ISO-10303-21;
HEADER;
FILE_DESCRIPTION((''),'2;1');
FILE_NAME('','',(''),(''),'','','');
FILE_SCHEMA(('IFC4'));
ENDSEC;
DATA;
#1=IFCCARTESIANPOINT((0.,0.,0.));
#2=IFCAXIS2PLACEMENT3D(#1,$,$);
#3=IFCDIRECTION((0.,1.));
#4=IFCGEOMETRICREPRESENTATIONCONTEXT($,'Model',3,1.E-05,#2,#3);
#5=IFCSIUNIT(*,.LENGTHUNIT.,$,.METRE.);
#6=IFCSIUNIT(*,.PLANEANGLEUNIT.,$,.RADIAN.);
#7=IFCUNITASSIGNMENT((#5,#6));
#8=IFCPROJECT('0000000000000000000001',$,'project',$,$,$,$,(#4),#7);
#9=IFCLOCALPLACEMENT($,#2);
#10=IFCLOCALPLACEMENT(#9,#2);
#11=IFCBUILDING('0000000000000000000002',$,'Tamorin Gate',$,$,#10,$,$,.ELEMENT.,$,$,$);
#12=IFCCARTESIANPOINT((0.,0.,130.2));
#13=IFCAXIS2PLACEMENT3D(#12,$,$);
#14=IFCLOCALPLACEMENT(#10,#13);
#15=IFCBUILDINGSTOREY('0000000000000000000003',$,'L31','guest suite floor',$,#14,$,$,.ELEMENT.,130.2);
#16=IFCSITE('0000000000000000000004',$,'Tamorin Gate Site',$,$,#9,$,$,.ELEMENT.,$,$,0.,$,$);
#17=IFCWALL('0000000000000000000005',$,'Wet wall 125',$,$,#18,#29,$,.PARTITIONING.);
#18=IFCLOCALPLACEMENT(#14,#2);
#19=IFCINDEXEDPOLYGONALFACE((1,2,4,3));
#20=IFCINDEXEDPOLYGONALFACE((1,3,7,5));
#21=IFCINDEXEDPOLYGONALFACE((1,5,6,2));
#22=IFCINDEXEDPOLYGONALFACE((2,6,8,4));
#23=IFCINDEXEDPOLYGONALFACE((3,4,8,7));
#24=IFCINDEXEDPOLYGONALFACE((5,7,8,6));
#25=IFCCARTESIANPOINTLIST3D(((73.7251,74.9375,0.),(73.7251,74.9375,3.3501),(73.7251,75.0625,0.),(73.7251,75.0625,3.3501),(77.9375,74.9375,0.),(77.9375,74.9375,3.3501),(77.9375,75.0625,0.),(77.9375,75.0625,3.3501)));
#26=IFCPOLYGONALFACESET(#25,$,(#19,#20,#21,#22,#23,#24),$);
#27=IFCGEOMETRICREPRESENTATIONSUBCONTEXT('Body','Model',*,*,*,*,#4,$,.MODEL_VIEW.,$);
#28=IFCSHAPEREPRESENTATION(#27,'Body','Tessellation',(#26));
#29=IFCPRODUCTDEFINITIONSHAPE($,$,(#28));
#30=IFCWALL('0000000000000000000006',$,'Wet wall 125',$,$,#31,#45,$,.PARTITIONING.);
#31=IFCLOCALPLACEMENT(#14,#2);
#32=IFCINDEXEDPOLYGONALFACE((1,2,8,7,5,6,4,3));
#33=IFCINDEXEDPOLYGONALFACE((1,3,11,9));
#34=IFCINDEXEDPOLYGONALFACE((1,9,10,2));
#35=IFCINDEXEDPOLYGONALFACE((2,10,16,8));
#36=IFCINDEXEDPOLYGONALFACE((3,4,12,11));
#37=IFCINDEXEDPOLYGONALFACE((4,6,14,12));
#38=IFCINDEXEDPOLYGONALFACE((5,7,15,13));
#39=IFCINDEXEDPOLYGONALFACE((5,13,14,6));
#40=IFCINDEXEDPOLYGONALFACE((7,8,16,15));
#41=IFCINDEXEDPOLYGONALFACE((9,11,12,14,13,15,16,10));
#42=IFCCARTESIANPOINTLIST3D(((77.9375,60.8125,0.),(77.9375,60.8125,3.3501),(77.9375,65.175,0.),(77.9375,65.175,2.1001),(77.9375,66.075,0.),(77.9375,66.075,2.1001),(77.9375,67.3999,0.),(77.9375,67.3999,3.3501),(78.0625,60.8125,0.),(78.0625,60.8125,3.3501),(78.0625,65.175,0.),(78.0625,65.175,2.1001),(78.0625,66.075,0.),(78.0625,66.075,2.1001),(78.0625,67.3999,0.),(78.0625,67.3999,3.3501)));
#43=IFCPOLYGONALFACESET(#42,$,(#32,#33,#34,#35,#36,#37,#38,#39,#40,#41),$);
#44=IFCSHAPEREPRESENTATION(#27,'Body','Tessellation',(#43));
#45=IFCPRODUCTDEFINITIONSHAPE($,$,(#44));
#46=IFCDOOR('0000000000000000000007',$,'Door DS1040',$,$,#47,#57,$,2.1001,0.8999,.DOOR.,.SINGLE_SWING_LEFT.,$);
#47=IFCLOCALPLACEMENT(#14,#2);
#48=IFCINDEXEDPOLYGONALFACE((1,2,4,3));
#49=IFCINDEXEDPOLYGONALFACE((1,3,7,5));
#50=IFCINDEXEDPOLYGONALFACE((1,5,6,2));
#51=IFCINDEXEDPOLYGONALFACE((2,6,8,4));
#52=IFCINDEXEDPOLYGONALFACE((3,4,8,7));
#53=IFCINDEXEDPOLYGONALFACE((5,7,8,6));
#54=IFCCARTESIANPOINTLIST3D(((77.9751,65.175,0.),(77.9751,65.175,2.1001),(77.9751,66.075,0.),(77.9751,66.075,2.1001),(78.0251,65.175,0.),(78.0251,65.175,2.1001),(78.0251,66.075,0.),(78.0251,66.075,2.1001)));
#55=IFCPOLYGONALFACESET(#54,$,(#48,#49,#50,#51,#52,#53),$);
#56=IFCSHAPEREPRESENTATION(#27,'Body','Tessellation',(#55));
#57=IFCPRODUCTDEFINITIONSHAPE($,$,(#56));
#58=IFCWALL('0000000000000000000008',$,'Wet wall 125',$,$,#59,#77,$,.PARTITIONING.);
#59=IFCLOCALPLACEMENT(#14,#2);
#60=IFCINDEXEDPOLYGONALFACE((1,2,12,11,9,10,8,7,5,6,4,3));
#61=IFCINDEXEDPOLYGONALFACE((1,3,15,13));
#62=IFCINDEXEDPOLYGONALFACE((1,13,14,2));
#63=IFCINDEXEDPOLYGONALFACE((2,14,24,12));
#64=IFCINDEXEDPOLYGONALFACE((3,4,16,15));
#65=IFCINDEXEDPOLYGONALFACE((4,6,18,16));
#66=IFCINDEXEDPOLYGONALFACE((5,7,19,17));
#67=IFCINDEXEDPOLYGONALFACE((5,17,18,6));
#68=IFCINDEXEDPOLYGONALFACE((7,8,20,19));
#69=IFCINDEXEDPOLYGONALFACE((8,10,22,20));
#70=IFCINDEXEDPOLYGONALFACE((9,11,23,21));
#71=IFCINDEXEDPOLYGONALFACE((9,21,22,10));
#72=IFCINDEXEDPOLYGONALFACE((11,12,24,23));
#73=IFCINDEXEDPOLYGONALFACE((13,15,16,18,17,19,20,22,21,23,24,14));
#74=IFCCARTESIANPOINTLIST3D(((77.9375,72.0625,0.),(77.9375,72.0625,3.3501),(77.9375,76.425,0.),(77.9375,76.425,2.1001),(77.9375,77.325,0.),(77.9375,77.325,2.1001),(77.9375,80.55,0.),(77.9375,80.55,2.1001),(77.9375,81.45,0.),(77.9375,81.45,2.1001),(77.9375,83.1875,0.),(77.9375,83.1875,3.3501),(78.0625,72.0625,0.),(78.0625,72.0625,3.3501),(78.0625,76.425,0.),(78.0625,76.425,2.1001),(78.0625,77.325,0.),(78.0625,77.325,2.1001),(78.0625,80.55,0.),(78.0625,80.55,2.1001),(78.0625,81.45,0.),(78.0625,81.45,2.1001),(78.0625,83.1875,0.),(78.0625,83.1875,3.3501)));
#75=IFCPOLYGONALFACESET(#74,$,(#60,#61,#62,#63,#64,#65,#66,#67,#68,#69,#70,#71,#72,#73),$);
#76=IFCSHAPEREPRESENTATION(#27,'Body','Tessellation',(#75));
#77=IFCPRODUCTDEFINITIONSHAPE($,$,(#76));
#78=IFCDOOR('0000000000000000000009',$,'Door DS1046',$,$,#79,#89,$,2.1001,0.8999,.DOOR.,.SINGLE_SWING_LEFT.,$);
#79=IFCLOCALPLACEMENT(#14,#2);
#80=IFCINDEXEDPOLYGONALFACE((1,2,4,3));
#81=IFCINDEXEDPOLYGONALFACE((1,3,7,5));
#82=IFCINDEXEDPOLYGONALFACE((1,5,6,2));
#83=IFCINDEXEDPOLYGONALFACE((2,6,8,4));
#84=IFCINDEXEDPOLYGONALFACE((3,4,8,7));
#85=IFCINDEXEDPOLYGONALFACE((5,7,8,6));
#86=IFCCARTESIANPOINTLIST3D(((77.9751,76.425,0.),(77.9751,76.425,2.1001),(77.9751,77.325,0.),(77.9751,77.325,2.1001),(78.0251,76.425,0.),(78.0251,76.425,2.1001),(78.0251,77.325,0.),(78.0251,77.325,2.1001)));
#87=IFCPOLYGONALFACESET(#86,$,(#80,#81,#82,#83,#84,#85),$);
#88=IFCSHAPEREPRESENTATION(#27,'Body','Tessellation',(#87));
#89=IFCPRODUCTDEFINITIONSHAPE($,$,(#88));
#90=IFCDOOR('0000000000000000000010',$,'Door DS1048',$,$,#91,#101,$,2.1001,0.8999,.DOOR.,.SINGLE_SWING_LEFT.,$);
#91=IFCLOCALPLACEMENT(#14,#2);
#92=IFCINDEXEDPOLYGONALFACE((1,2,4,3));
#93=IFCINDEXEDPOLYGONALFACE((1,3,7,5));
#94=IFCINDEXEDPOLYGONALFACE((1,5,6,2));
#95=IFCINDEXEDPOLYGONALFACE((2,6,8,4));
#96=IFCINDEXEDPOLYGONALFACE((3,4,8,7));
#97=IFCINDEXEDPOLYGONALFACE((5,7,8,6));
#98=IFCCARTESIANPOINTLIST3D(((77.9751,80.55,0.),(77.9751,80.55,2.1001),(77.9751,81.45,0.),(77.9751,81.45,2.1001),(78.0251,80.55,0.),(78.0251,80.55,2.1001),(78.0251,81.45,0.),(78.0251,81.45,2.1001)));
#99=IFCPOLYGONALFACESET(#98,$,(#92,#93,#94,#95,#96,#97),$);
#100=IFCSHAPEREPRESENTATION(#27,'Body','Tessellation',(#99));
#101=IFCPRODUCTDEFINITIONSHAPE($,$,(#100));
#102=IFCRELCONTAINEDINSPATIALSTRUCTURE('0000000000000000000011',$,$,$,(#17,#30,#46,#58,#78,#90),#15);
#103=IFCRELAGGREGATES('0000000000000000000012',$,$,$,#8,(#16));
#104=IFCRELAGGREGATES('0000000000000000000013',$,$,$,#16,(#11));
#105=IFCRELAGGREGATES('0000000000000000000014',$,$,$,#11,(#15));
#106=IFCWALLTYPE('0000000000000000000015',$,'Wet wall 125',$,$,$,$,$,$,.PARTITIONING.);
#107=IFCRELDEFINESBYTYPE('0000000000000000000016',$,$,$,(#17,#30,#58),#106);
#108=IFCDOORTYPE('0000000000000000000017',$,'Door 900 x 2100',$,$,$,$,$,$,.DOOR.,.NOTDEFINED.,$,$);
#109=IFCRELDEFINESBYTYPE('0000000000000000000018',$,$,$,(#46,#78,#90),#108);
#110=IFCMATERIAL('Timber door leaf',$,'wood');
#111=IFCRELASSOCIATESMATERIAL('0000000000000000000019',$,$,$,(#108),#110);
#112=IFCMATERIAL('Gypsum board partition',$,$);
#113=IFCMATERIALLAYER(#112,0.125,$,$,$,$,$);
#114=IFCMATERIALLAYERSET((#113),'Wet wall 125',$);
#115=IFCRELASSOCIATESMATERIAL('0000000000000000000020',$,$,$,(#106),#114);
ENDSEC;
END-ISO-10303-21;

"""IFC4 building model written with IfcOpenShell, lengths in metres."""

from ifc_helpers import new_model, si_unit, direction, frame, frame_2d, origin, place, context, subcontext, project, spatial, rectangle, extrude, material, layer, layer_set, type_object, element, fill, save


model = new_model("IFC4")

# Units and contexts
model_context = context("Model", 3, precision=1e-05, world=origin(), true_north=direction((0.0, 1.0)))
body_context = subcontext(model_context, "Body", "Model", "MODEL_VIEW")
ifc_project = project(units=[si_unit("LENGTHUNIT", "METRE"), si_unit("PLANEANGLEUNIT", "RADIAN")], contexts=[model_context])

# Site, building, storey
site_placement = place(None, origin())
site = spatial("IfcSite", under=ifc_project, at=site_placement, Name="Tamorin Gate Site", CompositionType="ELEMENT", RefElevation=0.0)
building_placement = place(site_placement, origin())
building = spatial("IfcBuilding", under=site, at=building_placement, Name="Tamorin Gate", CompositionType="ELEMENT")
storey_placement = place(building_placement, frame((0.0, 0.0, 130.2)))
storey = spatial("IfcBuildingStorey", under=building, at=storey_placement, Name="L31", Description="guest suite floor", CompositionType="ELEMENT", Elevation=130.2)

# Shared definitions
ifc_material_1 = material(Name="Gypsum board partition")
ifc_material_2 = material(Name="Timber door leaf", Category="wood")
door_type = type_object("IfcDoorType", Name="Door 900 x 2100", OperationType="NOTDEFINED", PredefinedType="DOOR", material=ifc_material_2)

# Wall
ifc_layer_1 = layer(ifc_material_1, 0.125)
ifc_layer_set_1 = layer_set([ifc_layer_1], Name="Wet wall 125")
wall_type_1 = type_object("IfcWallType", Name="Wet wall 125", PredefinedType="PARTITIONING", material=ifc_layer_set_1)
wall_1_placement = place(storey_placement, frame((73.7251, 75.0, 0.0), z_axis=(0.0, 0.0, 1.0), x_axis=(1.0, 0.0, 0.0)))
element("IfcWall", 1, at=wall_1_placement, inside=storey, type_object=wall_type_1, Name="Wet wall 125", PredefinedType="PARTITIONING", context=body_context, shape_type="SweptSolid", body=[
    extrude(rectangle(XDim=4.2124, YDim=0.125, at=frame_2d((2.1062, 0.0))), origin(), (0.0, 0.0, 1.0), 3.3501),
])

# Wall, opening, door
wall_2_placement = place(storey_placement, frame((78.0, 60.8125, 0.0), z_axis=(0.0, 0.0, 1.0), x_axis=(0.0, 1.0, 0.0)))
wall_2 = element("IfcWall", 2, at=wall_2_placement, inside=storey, type_object=wall_type_1, Name="Wet wall 125", PredefinedType="PARTITIONING", context=body_context, shape_type="SweptSolid", body=[
    extrude(rectangle(XDim=6.5874, YDim=0.125, at=frame_2d((3.2937, 0.0))), origin(), (0.0, 0.0, 1.0), 3.3501),
])
opening_1_placement = place(wall_2_placement, frame((4.3625, 0.0, 0.0)))
opening_1 = element("IfcOpeningElement", 3, at=opening_1_placement, cuts=wall_2, PredefinedType="OPENING", context=body_context, shape_type="SweptSolid", body=[
    extrude(rectangle(XDim=0.8999, YDim=2.1001, at=frame_2d((0.45, 1.05))), frame((0.0, 0.0725, 0.0), z_axis=(0.0, -1.0, 0.0), x_axis=(1.0, 0.0, 0.0)), (0.0, 0.0, 1.0), 0.145),
])
door_1_placement = place(opening_1_placement, origin())
door_1 = element("IfcDoor", 4, at=door_1_placement, inside=storey, type_object=door_type, Name="Door DS1040", OperationType="SINGLE_SWING_LEFT", OverallHeight=2.1001, OverallWidth=0.8999, PredefinedType="DOOR", context=body_context, shape_type="SweptSolid", body=[
    extrude(rectangle(XDim=0.8999, YDim=2.1001, at=frame_2d((0.45, 1.05))), frame((0.0, 0.0249, 0.0), z_axis=(0.0, -1.0, 0.0), x_axis=(1.0, 0.0, 0.0)), (0.0, 0.0, 1.0), 0.05),
])
fill(opening_1, door_1)

# Wall, openings, doors
wall_3_placement = place(storey_placement, frame((78.0, 72.0625, 0.0), z_axis=(0.0, 0.0, 1.0), x_axis=(0.0, 1.0, 0.0)))
wall_3 = element("IfcWall", 5, at=wall_3_placement, inside=storey, type_object=wall_type_1, Name="Wet wall 125", PredefinedType="PARTITIONING", context=body_context, shape_type="SweptSolid", body=[
    extrude(rectangle(XDim=11.125, YDim=0.125, at=frame_2d((5.5625, 0.0))), origin(), (0.0, 0.0, 1.0), 3.3501),
])
opening_2_placement = place(wall_3_placement, frame((4.3625, 0.0, 0.0)))
opening_2 = element("IfcOpeningElement", 6, at=opening_2_placement, cuts=wall_3, PredefinedType="OPENING", context=body_context, shape_type="SweptSolid", body=[
    extrude(rectangle(XDim=0.8999, YDim=2.1001, at=frame_2d((0.45, 1.05))), frame((0.0, 0.0725, 0.0), z_axis=(0.0, -1.0, 0.0), x_axis=(1.0, 0.0, 0.0)), (0.0, 0.0, 1.0), 0.145),
])
opening_3_placement = place(wall_3_placement, frame((8.4875, 0.0, 0.0)))
opening_3 = element("IfcOpeningElement", 7, at=opening_3_placement, cuts=wall_3, PredefinedType="OPENING", context=body_context, shape_type="SweptSolid", body=[
    extrude(rectangle(XDim=0.8999, YDim=2.1001, at=frame_2d((0.45, 1.05))), frame((0.0, 0.0725, 0.0), z_axis=(0.0, -1.0, 0.0), x_axis=(1.0, 0.0, 0.0)), (0.0, 0.0, 1.0), 0.145),
])
door_2_placement = place(opening_2_placement, origin())
door_2 = element("IfcDoor", 8, at=door_2_placement, inside=storey, type_object=door_type, Name="Door DS1046", OperationType="SINGLE_SWING_LEFT", OverallHeight=2.1001, OverallWidth=0.8999, PredefinedType="DOOR", context=body_context, shape_type="SweptSolid", body=[
    extrude(rectangle(XDim=0.8999, YDim=2.1001, at=frame_2d((0.45, 1.05))), frame((0.0, 0.0249, 0.0), z_axis=(0.0, -1.0, 0.0), x_axis=(1.0, 0.0, 0.0)), (0.0, 0.0, 1.0), 0.05),
])
fill(opening_2, door_2)
door_3_placement = place(opening_3_placement, origin())
door_3 = element("IfcDoor", 9, at=door_3_placement, inside=storey, type_object=door_type, Name="Door DS1048", OperationType="SINGLE_SWING_LEFT", OverallHeight=2.1001, OverallWidth=0.8999, PredefinedType="DOOR", context=body_context, shape_type="SweptSolid", body=[
    extrude(rectangle(XDim=0.8999, YDim=2.1001, at=frame_2d((0.45, 1.05))), frame((0.0, 0.0249, 0.0), z_axis=(0.0, -1.0, 0.0), x_axis=(1.0, 0.0, 0.0)), (0.0, 0.0, 1.0), 0.05),
])
fill(opening_3, door_3)

save(model, "model.ifc")
